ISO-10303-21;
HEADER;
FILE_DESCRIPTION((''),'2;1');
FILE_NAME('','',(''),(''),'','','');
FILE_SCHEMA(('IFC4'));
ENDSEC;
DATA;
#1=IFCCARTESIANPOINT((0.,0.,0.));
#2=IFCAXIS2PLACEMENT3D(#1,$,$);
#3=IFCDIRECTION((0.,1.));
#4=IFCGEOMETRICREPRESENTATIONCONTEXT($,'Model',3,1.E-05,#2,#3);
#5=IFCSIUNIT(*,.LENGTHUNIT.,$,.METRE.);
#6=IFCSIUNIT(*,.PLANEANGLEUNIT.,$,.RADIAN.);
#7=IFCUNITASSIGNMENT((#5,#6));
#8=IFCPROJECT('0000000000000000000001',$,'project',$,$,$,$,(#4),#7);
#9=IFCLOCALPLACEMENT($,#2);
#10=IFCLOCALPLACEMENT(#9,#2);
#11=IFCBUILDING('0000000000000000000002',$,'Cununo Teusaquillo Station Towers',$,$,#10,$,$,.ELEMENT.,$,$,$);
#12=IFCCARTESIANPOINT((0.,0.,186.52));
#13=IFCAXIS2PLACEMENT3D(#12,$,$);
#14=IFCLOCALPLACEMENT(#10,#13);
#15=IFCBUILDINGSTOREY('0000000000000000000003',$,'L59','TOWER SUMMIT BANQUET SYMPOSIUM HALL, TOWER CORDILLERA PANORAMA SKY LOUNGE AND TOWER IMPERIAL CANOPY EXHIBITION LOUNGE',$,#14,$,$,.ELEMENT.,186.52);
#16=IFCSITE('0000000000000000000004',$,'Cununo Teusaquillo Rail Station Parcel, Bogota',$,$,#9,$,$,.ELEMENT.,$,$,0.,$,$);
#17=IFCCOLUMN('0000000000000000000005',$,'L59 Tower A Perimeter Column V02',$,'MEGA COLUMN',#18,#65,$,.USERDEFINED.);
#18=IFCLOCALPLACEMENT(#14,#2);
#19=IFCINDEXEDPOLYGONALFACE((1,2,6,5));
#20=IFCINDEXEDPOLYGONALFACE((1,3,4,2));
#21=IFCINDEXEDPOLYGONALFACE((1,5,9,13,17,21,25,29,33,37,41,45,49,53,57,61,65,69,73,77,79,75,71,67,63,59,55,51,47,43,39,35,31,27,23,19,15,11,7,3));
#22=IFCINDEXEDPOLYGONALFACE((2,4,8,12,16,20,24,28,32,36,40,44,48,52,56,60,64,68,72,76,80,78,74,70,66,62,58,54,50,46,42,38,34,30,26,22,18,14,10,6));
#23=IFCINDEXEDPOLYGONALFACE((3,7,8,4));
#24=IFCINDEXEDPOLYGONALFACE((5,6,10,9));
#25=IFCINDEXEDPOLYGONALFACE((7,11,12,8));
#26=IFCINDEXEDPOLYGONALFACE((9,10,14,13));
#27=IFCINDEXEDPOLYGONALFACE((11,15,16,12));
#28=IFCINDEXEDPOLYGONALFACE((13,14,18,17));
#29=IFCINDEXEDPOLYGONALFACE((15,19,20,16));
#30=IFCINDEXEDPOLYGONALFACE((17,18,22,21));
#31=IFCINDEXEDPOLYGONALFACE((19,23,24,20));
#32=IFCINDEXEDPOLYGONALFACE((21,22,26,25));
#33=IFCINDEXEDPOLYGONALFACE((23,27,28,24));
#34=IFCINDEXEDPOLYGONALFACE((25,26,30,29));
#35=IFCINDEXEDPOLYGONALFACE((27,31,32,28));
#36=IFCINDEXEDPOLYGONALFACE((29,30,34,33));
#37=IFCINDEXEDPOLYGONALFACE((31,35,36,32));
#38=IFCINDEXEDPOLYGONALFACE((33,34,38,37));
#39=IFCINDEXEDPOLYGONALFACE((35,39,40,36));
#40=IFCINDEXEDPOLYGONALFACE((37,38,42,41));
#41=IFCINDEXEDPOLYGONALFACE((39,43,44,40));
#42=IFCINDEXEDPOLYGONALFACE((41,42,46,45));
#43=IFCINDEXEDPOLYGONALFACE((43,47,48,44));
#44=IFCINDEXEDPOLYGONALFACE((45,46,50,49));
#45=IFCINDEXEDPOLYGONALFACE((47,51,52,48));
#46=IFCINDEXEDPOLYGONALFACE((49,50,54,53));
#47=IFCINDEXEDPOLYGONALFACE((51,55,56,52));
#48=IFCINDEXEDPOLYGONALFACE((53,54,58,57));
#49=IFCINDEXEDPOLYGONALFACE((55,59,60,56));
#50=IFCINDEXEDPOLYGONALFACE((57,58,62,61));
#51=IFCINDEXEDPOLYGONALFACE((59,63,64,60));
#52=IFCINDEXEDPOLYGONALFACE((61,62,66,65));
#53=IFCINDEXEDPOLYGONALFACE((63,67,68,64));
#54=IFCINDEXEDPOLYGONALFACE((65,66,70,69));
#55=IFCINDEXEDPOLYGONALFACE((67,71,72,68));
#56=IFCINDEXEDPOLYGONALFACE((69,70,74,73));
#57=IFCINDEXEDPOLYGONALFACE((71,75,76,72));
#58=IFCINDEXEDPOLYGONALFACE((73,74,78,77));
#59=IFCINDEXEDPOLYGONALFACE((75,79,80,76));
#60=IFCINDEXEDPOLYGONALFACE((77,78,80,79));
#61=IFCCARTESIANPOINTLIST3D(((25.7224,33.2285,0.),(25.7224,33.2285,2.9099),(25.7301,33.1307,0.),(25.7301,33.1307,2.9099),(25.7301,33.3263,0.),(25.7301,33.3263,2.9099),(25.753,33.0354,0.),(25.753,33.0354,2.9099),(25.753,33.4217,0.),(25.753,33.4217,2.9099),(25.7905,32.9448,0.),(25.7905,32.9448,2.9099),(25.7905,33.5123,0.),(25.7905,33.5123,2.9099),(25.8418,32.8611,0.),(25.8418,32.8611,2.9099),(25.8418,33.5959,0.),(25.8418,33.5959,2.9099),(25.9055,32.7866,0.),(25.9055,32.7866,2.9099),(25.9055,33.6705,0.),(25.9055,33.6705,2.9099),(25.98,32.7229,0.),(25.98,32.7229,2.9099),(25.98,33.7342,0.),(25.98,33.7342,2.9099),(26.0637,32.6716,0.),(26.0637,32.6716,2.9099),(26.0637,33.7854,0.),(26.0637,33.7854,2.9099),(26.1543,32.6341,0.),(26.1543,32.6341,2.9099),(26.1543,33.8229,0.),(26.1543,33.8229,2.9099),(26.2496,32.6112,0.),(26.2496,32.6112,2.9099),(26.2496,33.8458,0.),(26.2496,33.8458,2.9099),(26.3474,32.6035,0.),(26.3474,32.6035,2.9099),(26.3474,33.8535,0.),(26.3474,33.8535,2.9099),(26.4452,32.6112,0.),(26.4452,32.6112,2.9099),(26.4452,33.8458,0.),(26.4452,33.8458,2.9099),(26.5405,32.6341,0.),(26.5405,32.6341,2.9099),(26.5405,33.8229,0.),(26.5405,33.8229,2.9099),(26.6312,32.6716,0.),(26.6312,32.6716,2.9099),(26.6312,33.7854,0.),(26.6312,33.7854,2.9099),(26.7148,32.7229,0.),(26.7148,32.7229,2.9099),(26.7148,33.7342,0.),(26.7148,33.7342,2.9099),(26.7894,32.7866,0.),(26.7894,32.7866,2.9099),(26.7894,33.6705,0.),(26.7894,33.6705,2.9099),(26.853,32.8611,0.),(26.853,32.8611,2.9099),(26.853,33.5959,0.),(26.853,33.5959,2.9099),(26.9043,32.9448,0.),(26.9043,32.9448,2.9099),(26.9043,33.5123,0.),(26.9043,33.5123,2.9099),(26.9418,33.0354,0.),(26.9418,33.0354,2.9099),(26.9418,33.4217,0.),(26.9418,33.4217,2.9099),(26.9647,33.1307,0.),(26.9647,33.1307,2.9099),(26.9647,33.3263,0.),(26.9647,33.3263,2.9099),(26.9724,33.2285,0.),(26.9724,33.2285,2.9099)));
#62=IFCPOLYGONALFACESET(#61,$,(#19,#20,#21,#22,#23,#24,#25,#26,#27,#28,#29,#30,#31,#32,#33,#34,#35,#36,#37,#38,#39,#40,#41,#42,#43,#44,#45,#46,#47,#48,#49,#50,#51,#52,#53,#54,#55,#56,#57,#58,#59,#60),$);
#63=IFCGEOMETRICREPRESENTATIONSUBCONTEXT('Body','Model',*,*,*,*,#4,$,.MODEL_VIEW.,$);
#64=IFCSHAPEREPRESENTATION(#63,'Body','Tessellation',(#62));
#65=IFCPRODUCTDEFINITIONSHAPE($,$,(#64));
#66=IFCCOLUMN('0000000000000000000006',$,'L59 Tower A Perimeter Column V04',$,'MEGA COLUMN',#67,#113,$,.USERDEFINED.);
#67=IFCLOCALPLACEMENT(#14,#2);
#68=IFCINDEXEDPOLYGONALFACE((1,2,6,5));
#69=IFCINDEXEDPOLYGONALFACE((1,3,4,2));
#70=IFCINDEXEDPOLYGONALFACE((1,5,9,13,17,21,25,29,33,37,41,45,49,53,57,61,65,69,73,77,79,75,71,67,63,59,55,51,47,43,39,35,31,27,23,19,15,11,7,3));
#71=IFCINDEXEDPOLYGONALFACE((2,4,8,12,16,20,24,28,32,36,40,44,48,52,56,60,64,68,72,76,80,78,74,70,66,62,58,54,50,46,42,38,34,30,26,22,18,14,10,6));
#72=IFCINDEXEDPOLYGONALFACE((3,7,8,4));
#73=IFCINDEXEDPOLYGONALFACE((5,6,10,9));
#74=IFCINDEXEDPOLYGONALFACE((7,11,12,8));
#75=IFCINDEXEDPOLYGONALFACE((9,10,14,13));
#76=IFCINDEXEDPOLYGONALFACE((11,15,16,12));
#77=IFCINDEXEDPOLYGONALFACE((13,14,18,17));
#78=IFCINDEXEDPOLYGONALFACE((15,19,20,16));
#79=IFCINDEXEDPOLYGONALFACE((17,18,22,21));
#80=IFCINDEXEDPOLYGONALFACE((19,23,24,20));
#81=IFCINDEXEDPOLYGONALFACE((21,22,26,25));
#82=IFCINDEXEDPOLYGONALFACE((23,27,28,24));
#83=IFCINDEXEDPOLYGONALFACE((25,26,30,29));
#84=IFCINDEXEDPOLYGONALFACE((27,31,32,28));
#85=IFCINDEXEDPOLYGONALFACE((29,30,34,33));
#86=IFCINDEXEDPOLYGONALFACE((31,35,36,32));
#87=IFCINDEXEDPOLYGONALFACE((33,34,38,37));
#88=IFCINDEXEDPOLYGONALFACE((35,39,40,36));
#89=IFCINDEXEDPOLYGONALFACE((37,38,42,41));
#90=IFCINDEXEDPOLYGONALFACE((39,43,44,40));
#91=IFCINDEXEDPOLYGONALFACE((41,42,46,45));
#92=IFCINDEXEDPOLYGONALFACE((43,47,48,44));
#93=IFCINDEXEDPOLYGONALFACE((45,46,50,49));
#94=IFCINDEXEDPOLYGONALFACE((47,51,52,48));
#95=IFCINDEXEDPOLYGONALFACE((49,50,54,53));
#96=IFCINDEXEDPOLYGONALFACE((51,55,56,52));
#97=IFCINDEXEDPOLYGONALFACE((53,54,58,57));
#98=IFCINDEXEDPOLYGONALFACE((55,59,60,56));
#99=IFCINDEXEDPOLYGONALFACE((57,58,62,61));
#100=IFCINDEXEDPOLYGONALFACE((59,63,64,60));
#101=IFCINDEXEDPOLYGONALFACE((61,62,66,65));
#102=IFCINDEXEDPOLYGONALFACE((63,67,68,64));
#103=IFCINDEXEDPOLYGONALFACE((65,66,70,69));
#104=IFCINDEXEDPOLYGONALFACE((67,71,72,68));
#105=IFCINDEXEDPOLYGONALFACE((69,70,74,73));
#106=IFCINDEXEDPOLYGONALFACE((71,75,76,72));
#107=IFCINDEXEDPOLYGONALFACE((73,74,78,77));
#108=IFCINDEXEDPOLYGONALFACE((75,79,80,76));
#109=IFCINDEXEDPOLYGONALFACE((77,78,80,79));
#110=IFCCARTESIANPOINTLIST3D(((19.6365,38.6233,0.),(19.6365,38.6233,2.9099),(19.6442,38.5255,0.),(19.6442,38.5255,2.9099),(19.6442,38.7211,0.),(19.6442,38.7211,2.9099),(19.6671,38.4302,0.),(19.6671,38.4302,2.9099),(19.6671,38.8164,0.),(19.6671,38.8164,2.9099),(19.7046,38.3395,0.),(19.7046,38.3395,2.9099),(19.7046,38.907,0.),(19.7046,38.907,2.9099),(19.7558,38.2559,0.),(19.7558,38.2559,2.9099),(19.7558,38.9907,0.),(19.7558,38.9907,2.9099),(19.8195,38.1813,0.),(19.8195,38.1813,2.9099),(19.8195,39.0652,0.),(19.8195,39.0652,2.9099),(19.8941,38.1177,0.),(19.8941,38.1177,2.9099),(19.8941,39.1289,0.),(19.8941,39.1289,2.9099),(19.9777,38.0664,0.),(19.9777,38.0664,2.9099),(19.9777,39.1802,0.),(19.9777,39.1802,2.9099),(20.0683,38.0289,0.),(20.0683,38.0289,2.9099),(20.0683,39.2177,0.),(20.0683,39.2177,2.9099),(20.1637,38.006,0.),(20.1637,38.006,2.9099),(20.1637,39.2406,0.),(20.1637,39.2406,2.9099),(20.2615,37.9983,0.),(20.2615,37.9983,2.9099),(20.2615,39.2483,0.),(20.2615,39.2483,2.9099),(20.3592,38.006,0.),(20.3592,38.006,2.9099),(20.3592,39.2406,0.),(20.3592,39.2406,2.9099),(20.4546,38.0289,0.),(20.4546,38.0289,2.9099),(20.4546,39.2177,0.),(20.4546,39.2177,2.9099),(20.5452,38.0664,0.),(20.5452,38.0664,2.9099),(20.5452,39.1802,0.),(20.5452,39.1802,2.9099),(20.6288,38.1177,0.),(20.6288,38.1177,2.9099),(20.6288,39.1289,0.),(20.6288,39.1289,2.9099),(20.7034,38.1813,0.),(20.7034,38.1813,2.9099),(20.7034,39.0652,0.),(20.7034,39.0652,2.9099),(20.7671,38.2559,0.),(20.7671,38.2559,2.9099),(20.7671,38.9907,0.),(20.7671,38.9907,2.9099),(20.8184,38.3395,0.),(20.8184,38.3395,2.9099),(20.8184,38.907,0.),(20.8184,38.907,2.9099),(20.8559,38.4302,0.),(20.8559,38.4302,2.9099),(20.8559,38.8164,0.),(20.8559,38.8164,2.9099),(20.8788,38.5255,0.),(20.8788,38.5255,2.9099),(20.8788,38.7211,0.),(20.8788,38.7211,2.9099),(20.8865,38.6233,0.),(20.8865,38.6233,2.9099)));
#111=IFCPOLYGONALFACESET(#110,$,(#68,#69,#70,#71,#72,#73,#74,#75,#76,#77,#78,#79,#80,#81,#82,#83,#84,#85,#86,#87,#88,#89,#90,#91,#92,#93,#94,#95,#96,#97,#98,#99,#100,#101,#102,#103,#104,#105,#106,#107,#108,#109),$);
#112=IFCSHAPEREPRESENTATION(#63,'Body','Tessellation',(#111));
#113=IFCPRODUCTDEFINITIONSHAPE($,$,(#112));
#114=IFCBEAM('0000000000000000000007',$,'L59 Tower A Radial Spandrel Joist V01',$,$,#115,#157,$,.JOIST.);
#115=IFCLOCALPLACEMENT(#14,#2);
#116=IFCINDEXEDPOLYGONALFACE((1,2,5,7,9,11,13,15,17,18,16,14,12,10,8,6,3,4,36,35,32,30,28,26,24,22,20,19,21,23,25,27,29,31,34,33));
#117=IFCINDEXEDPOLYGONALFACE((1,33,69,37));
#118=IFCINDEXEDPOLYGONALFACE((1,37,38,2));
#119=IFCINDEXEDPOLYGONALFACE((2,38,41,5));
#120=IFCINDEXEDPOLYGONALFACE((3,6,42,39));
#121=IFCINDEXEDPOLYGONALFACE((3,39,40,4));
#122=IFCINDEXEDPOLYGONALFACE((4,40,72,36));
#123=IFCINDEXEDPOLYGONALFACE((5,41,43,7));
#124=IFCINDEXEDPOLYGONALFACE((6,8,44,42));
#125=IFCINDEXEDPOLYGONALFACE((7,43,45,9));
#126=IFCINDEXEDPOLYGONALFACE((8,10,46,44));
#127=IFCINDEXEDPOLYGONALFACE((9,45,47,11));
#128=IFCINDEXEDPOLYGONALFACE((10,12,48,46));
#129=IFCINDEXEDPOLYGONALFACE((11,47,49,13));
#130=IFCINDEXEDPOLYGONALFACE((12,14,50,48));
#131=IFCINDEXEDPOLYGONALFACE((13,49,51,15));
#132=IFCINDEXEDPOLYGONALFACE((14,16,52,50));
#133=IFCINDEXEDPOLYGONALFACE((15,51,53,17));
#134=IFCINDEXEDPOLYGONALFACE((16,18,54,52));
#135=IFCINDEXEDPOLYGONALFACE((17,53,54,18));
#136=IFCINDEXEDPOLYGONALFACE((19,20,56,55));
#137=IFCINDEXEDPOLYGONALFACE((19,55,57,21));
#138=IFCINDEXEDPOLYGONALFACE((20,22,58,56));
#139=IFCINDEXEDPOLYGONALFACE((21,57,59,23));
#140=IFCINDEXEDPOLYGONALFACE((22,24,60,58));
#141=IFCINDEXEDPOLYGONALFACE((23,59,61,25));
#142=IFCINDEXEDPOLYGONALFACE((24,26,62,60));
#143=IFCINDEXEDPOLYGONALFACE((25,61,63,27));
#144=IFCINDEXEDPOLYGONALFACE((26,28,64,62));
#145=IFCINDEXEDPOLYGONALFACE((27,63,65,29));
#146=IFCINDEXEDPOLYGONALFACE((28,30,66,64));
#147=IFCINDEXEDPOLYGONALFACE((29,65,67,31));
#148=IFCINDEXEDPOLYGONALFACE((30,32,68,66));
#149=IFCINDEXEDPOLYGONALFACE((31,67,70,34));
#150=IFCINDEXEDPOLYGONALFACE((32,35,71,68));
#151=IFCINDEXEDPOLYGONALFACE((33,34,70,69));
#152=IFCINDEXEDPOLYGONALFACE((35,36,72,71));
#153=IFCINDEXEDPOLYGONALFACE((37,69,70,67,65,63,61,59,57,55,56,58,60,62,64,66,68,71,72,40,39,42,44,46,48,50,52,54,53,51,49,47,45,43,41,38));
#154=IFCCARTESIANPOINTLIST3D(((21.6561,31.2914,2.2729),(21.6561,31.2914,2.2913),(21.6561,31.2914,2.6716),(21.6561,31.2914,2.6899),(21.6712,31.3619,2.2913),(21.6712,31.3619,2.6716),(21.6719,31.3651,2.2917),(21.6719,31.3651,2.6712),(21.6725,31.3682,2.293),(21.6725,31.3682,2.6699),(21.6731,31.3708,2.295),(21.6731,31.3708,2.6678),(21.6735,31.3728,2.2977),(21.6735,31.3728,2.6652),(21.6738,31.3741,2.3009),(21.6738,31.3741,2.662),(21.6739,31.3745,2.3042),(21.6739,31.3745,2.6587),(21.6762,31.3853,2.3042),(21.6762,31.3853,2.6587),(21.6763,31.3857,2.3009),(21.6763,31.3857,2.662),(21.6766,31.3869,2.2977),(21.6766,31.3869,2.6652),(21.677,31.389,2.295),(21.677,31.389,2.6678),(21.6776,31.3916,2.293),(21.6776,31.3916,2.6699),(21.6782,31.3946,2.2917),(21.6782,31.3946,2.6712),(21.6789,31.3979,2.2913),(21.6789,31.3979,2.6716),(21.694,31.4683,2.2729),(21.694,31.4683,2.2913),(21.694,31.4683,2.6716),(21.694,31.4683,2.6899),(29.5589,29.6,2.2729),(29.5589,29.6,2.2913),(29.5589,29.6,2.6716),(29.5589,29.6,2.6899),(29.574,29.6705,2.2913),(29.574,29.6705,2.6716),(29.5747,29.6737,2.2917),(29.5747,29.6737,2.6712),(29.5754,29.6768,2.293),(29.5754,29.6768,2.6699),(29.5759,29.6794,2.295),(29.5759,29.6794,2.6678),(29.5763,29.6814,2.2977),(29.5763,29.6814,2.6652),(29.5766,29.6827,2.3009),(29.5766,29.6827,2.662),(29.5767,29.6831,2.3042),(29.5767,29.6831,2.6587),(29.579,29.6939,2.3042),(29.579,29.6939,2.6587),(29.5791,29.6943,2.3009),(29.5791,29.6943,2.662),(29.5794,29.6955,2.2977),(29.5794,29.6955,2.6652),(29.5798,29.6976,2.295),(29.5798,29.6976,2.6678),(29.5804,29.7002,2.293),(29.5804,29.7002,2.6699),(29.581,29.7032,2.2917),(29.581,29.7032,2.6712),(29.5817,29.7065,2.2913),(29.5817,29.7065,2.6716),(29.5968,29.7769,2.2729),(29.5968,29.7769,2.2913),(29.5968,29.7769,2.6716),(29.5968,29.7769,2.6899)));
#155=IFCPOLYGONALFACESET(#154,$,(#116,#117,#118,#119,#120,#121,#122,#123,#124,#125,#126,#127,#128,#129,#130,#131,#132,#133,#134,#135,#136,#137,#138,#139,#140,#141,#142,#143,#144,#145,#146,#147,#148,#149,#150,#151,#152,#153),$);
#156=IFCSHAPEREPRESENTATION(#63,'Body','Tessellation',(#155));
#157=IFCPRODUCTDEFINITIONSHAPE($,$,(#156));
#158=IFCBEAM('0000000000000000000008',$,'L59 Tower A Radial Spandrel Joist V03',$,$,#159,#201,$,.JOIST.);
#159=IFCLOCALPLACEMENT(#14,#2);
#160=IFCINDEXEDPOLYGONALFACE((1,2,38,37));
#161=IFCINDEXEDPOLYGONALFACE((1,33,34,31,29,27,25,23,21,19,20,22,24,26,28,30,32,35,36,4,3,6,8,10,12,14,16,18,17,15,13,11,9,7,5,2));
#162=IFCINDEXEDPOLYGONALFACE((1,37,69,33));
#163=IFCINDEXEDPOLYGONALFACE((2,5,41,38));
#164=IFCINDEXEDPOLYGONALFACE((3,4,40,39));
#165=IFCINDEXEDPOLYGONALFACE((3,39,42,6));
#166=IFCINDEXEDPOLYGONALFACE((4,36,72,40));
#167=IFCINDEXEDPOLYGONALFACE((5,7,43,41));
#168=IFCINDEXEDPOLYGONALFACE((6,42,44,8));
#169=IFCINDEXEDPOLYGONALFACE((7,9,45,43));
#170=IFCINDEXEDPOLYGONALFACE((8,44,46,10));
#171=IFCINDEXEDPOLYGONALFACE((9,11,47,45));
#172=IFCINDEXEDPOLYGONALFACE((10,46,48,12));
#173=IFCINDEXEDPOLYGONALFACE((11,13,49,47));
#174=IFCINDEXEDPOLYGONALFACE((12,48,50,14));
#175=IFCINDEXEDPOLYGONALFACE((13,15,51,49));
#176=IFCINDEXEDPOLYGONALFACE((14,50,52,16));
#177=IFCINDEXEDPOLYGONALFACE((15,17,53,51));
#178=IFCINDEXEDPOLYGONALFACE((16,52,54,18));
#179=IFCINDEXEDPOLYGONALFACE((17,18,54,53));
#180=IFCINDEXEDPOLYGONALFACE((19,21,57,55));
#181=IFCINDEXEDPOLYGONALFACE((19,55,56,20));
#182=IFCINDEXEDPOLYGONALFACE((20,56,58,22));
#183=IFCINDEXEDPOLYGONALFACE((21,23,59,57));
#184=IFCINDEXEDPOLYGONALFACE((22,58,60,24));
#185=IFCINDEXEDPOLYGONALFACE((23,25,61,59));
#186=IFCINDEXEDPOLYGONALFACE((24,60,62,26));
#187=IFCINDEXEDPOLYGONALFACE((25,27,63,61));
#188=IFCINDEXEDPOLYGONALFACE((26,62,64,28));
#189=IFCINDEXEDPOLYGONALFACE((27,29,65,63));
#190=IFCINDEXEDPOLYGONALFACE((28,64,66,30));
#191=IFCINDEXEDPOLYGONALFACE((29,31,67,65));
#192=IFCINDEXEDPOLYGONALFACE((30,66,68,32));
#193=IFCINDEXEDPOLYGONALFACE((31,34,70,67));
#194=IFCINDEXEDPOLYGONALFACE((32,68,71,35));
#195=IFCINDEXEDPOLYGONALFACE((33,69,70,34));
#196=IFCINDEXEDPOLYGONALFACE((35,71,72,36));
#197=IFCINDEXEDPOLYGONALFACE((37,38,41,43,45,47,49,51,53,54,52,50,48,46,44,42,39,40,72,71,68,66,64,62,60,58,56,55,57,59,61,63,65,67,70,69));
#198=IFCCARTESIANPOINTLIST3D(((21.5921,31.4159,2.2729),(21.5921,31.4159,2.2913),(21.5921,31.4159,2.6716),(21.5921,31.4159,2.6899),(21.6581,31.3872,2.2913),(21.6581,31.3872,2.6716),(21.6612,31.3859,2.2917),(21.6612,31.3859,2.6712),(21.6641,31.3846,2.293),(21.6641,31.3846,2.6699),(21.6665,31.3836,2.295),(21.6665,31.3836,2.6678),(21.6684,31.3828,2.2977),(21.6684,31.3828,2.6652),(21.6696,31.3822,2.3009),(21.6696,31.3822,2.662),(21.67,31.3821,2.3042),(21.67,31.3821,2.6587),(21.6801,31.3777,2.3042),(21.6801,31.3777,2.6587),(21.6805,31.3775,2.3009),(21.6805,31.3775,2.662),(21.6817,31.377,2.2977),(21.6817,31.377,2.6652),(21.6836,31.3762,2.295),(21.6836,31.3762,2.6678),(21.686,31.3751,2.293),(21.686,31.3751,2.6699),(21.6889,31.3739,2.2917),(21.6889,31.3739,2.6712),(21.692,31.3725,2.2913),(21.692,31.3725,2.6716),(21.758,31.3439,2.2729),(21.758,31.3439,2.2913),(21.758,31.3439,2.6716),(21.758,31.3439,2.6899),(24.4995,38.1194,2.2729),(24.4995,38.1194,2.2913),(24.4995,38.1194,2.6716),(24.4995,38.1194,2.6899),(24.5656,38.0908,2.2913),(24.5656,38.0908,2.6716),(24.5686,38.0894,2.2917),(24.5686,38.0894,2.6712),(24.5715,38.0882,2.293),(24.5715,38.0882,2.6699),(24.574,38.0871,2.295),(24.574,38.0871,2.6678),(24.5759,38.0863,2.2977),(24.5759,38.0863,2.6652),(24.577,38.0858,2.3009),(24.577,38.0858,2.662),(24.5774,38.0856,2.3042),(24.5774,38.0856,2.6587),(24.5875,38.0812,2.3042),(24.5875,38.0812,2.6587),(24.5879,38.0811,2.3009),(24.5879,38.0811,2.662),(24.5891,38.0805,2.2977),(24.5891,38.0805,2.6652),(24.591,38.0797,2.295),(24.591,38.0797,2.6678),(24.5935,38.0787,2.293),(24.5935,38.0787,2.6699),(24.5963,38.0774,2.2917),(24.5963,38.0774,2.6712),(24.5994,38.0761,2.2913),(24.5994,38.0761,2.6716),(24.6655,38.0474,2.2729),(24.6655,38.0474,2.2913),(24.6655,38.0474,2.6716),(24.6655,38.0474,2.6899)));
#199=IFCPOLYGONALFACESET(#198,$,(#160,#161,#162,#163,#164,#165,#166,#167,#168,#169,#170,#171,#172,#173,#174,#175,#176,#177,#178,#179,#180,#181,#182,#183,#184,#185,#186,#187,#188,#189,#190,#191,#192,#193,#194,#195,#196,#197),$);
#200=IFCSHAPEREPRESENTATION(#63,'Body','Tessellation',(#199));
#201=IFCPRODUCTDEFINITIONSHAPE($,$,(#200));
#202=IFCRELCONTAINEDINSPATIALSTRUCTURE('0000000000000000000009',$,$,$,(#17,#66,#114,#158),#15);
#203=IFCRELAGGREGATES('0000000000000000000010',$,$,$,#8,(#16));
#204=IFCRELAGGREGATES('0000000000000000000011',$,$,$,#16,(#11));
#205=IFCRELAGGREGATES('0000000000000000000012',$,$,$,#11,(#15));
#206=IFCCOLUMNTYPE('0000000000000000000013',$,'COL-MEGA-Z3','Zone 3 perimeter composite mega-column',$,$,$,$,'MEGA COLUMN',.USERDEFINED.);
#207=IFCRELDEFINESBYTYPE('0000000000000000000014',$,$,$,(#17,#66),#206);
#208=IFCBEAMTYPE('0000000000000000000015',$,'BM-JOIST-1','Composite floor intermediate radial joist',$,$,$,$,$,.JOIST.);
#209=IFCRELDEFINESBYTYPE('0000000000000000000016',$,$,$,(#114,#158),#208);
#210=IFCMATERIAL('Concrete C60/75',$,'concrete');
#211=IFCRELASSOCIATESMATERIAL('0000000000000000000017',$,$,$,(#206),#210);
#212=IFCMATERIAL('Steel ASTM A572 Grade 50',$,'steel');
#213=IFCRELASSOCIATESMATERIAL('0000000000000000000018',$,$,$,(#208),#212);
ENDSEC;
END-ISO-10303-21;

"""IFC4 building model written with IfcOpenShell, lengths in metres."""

from ifc_helpers import new_model, si_unit, direction, frame, origin, origin_2d, place, context, subcontext, project, spatial, circle, i_section, extrude, material, material_profile, profile_set, type_object, element, save


model = new_model("IFC4")

# Units and contexts
model_context = context("Model", 3, precision=1e-05, world=origin(), true_north=direction((0.0, 1.0)))
body_context = subcontext(model_context, "Body", "Model", "MODEL_VIEW")
ifc_project = project(units=[si_unit("LENGTHUNIT", "METRE"), si_unit("PLANEANGLEUNIT", "RADIAN")], contexts=[model_context])

# Site, building, storey
site_placement = place(None, origin())
site = spatial("IfcSite", under=ifc_project, at=site_placement, Name="Cununo Teusaquillo Rail Station Parcel, Bogota", CompositionType="ELEMENT", RefElevation=0.0)
building_placement = place(site_placement, origin())
building = spatial("IfcBuilding", under=site, at=building_placement, Name="Cununo Teusaquillo Station Towers", CompositionType="ELEMENT")
storey_placement = place(building_placement, frame((0.0, 0.0, 186.52)))
storey = spatial("IfcBuildingStorey", under=building, at=storey_placement, Name="L59", Description="TOWER SUMMIT BANQUET SYMPOSIUM HALL, TOWER CORDILLERA PANORAMA SKY LOUNGE AND TOWER IMPERIAL CANOPY EXHIBITION LOUNGE", CompositionType="ELEMENT", Elevation=186.52)

# Columns
ifc_material_1 = material(Name="Concrete C60/75", Category="concrete")
ifc_material_profile_1 = material_profile(ifc_material_1, circle(Radius=0.625, at=origin_2d()), Name="RC-CIRC-1250")
ifc_profile_set_1 = profile_set([ifc_material_profile_1], Name="Concrete C60/75")
column_type = type_object("IfcColumnType", Name="COL-MEGA-Z3", Description="Zone 3 perimeter composite mega-column", ElementType="MEGA COLUMN", PredefinedType="USERDEFINED", material=ifc_profile_set_1)
for number, where, z_axis, x_axis, name in (
    (1, (26.3474, 33.2285, 0.0), (0.0, 0.0, 1.0), (1.0, 0.0, 0.0), "L59 Tower A Perimeter Column V02"),
    (2, (20.2615, 38.6233, 0.0), (0.0, 0.0, 1.0), (1.0, 0.0, 0.0), "L59 Tower A Perimeter Column V04"),
):
    element("IfcColumn", number, at=place(storey_placement, frame(where, z_axis=z_axis, x_axis=x_axis)), inside=storey, type_object=column_type, Name=name, ObjectType="MEGA COLUMN", PredefinedType="USERDEFINED", context=body_context, shape_type="SweptSolid", body=[
        extrude(circle(Radius=0.625, at=origin_2d()), origin(), (0.0, 0.0, 1.0), 2.9099),
    ])

# Beams
ifc_material_2 = material(Name="Steel ASTM A572 Grade 50", Category="steel")
ifc_material_profile_2 = material_profile(ifc_material_2, i_section(OverallWidth=0.1809, OverallDepth=0.417, WebThickness=0.011, FlangeThickness=0.0183, FilletRadius=0.0129, at=origin_2d()), Name="W16X57")
ifc_profile_set_2 = profile_set([ifc_material_profile_2], Name="Steel ASTM A572 Grade 50")
beam_type_1 = type_object("IfcBeamType", Name="BM-JOIST-1", Description="Composite floor intermediate radial joist", PredefinedType="JOIST", material=ifc_profile_set_2)
beam_1_placement = place(storey_placement, frame((21.675, 31.3799, 2.4814), z_axis=(0.977855, -0.209286, 0.0), x_axis=(0.209286, 0.977855, 0.0)))
element("IfcBeam", 3, at=beam_1_placement, inside=storey, type_object=beam_type_1, Name="L59 Tower A Radial Spandrel Joist V01", PredefinedType="JOIST", context=body_context, shape_type="SweptSolid", body=[
    extrude(i_section(OverallWidth=0.1809, OverallDepth=0.417, WebThickness=0.011, FlangeThickness=0.0183, FilletRadius=0.0129, at=origin_2d()), origin(), (0.0, 0.0, 1.0), 8.0818),
])
beam_2_placement = place(storey_placement, frame((21.675, 31.3799, 2.4814), z_axis=(0.397904, 0.917427, 0.0), x_axis=(-0.917427, 0.397904, 0.0)))
element("IfcBeam", 4, at=beam_2_placement, inside=storey, type_object=beam_type_1, Name="L59 Tower A Radial Spandrel Joist V03", PredefinedType="JOIST", context=body_context, shape_type="SweptSolid", body=[
    extrude(i_section(OverallWidth=0.1809, OverallDepth=0.417, WebThickness=0.011, FlangeThickness=0.0183, FilletRadius=0.0129, at=origin_2d()), origin(), (0.0, 0.0, 1.0), 7.3069),
])

save(model, "model.ifc")
